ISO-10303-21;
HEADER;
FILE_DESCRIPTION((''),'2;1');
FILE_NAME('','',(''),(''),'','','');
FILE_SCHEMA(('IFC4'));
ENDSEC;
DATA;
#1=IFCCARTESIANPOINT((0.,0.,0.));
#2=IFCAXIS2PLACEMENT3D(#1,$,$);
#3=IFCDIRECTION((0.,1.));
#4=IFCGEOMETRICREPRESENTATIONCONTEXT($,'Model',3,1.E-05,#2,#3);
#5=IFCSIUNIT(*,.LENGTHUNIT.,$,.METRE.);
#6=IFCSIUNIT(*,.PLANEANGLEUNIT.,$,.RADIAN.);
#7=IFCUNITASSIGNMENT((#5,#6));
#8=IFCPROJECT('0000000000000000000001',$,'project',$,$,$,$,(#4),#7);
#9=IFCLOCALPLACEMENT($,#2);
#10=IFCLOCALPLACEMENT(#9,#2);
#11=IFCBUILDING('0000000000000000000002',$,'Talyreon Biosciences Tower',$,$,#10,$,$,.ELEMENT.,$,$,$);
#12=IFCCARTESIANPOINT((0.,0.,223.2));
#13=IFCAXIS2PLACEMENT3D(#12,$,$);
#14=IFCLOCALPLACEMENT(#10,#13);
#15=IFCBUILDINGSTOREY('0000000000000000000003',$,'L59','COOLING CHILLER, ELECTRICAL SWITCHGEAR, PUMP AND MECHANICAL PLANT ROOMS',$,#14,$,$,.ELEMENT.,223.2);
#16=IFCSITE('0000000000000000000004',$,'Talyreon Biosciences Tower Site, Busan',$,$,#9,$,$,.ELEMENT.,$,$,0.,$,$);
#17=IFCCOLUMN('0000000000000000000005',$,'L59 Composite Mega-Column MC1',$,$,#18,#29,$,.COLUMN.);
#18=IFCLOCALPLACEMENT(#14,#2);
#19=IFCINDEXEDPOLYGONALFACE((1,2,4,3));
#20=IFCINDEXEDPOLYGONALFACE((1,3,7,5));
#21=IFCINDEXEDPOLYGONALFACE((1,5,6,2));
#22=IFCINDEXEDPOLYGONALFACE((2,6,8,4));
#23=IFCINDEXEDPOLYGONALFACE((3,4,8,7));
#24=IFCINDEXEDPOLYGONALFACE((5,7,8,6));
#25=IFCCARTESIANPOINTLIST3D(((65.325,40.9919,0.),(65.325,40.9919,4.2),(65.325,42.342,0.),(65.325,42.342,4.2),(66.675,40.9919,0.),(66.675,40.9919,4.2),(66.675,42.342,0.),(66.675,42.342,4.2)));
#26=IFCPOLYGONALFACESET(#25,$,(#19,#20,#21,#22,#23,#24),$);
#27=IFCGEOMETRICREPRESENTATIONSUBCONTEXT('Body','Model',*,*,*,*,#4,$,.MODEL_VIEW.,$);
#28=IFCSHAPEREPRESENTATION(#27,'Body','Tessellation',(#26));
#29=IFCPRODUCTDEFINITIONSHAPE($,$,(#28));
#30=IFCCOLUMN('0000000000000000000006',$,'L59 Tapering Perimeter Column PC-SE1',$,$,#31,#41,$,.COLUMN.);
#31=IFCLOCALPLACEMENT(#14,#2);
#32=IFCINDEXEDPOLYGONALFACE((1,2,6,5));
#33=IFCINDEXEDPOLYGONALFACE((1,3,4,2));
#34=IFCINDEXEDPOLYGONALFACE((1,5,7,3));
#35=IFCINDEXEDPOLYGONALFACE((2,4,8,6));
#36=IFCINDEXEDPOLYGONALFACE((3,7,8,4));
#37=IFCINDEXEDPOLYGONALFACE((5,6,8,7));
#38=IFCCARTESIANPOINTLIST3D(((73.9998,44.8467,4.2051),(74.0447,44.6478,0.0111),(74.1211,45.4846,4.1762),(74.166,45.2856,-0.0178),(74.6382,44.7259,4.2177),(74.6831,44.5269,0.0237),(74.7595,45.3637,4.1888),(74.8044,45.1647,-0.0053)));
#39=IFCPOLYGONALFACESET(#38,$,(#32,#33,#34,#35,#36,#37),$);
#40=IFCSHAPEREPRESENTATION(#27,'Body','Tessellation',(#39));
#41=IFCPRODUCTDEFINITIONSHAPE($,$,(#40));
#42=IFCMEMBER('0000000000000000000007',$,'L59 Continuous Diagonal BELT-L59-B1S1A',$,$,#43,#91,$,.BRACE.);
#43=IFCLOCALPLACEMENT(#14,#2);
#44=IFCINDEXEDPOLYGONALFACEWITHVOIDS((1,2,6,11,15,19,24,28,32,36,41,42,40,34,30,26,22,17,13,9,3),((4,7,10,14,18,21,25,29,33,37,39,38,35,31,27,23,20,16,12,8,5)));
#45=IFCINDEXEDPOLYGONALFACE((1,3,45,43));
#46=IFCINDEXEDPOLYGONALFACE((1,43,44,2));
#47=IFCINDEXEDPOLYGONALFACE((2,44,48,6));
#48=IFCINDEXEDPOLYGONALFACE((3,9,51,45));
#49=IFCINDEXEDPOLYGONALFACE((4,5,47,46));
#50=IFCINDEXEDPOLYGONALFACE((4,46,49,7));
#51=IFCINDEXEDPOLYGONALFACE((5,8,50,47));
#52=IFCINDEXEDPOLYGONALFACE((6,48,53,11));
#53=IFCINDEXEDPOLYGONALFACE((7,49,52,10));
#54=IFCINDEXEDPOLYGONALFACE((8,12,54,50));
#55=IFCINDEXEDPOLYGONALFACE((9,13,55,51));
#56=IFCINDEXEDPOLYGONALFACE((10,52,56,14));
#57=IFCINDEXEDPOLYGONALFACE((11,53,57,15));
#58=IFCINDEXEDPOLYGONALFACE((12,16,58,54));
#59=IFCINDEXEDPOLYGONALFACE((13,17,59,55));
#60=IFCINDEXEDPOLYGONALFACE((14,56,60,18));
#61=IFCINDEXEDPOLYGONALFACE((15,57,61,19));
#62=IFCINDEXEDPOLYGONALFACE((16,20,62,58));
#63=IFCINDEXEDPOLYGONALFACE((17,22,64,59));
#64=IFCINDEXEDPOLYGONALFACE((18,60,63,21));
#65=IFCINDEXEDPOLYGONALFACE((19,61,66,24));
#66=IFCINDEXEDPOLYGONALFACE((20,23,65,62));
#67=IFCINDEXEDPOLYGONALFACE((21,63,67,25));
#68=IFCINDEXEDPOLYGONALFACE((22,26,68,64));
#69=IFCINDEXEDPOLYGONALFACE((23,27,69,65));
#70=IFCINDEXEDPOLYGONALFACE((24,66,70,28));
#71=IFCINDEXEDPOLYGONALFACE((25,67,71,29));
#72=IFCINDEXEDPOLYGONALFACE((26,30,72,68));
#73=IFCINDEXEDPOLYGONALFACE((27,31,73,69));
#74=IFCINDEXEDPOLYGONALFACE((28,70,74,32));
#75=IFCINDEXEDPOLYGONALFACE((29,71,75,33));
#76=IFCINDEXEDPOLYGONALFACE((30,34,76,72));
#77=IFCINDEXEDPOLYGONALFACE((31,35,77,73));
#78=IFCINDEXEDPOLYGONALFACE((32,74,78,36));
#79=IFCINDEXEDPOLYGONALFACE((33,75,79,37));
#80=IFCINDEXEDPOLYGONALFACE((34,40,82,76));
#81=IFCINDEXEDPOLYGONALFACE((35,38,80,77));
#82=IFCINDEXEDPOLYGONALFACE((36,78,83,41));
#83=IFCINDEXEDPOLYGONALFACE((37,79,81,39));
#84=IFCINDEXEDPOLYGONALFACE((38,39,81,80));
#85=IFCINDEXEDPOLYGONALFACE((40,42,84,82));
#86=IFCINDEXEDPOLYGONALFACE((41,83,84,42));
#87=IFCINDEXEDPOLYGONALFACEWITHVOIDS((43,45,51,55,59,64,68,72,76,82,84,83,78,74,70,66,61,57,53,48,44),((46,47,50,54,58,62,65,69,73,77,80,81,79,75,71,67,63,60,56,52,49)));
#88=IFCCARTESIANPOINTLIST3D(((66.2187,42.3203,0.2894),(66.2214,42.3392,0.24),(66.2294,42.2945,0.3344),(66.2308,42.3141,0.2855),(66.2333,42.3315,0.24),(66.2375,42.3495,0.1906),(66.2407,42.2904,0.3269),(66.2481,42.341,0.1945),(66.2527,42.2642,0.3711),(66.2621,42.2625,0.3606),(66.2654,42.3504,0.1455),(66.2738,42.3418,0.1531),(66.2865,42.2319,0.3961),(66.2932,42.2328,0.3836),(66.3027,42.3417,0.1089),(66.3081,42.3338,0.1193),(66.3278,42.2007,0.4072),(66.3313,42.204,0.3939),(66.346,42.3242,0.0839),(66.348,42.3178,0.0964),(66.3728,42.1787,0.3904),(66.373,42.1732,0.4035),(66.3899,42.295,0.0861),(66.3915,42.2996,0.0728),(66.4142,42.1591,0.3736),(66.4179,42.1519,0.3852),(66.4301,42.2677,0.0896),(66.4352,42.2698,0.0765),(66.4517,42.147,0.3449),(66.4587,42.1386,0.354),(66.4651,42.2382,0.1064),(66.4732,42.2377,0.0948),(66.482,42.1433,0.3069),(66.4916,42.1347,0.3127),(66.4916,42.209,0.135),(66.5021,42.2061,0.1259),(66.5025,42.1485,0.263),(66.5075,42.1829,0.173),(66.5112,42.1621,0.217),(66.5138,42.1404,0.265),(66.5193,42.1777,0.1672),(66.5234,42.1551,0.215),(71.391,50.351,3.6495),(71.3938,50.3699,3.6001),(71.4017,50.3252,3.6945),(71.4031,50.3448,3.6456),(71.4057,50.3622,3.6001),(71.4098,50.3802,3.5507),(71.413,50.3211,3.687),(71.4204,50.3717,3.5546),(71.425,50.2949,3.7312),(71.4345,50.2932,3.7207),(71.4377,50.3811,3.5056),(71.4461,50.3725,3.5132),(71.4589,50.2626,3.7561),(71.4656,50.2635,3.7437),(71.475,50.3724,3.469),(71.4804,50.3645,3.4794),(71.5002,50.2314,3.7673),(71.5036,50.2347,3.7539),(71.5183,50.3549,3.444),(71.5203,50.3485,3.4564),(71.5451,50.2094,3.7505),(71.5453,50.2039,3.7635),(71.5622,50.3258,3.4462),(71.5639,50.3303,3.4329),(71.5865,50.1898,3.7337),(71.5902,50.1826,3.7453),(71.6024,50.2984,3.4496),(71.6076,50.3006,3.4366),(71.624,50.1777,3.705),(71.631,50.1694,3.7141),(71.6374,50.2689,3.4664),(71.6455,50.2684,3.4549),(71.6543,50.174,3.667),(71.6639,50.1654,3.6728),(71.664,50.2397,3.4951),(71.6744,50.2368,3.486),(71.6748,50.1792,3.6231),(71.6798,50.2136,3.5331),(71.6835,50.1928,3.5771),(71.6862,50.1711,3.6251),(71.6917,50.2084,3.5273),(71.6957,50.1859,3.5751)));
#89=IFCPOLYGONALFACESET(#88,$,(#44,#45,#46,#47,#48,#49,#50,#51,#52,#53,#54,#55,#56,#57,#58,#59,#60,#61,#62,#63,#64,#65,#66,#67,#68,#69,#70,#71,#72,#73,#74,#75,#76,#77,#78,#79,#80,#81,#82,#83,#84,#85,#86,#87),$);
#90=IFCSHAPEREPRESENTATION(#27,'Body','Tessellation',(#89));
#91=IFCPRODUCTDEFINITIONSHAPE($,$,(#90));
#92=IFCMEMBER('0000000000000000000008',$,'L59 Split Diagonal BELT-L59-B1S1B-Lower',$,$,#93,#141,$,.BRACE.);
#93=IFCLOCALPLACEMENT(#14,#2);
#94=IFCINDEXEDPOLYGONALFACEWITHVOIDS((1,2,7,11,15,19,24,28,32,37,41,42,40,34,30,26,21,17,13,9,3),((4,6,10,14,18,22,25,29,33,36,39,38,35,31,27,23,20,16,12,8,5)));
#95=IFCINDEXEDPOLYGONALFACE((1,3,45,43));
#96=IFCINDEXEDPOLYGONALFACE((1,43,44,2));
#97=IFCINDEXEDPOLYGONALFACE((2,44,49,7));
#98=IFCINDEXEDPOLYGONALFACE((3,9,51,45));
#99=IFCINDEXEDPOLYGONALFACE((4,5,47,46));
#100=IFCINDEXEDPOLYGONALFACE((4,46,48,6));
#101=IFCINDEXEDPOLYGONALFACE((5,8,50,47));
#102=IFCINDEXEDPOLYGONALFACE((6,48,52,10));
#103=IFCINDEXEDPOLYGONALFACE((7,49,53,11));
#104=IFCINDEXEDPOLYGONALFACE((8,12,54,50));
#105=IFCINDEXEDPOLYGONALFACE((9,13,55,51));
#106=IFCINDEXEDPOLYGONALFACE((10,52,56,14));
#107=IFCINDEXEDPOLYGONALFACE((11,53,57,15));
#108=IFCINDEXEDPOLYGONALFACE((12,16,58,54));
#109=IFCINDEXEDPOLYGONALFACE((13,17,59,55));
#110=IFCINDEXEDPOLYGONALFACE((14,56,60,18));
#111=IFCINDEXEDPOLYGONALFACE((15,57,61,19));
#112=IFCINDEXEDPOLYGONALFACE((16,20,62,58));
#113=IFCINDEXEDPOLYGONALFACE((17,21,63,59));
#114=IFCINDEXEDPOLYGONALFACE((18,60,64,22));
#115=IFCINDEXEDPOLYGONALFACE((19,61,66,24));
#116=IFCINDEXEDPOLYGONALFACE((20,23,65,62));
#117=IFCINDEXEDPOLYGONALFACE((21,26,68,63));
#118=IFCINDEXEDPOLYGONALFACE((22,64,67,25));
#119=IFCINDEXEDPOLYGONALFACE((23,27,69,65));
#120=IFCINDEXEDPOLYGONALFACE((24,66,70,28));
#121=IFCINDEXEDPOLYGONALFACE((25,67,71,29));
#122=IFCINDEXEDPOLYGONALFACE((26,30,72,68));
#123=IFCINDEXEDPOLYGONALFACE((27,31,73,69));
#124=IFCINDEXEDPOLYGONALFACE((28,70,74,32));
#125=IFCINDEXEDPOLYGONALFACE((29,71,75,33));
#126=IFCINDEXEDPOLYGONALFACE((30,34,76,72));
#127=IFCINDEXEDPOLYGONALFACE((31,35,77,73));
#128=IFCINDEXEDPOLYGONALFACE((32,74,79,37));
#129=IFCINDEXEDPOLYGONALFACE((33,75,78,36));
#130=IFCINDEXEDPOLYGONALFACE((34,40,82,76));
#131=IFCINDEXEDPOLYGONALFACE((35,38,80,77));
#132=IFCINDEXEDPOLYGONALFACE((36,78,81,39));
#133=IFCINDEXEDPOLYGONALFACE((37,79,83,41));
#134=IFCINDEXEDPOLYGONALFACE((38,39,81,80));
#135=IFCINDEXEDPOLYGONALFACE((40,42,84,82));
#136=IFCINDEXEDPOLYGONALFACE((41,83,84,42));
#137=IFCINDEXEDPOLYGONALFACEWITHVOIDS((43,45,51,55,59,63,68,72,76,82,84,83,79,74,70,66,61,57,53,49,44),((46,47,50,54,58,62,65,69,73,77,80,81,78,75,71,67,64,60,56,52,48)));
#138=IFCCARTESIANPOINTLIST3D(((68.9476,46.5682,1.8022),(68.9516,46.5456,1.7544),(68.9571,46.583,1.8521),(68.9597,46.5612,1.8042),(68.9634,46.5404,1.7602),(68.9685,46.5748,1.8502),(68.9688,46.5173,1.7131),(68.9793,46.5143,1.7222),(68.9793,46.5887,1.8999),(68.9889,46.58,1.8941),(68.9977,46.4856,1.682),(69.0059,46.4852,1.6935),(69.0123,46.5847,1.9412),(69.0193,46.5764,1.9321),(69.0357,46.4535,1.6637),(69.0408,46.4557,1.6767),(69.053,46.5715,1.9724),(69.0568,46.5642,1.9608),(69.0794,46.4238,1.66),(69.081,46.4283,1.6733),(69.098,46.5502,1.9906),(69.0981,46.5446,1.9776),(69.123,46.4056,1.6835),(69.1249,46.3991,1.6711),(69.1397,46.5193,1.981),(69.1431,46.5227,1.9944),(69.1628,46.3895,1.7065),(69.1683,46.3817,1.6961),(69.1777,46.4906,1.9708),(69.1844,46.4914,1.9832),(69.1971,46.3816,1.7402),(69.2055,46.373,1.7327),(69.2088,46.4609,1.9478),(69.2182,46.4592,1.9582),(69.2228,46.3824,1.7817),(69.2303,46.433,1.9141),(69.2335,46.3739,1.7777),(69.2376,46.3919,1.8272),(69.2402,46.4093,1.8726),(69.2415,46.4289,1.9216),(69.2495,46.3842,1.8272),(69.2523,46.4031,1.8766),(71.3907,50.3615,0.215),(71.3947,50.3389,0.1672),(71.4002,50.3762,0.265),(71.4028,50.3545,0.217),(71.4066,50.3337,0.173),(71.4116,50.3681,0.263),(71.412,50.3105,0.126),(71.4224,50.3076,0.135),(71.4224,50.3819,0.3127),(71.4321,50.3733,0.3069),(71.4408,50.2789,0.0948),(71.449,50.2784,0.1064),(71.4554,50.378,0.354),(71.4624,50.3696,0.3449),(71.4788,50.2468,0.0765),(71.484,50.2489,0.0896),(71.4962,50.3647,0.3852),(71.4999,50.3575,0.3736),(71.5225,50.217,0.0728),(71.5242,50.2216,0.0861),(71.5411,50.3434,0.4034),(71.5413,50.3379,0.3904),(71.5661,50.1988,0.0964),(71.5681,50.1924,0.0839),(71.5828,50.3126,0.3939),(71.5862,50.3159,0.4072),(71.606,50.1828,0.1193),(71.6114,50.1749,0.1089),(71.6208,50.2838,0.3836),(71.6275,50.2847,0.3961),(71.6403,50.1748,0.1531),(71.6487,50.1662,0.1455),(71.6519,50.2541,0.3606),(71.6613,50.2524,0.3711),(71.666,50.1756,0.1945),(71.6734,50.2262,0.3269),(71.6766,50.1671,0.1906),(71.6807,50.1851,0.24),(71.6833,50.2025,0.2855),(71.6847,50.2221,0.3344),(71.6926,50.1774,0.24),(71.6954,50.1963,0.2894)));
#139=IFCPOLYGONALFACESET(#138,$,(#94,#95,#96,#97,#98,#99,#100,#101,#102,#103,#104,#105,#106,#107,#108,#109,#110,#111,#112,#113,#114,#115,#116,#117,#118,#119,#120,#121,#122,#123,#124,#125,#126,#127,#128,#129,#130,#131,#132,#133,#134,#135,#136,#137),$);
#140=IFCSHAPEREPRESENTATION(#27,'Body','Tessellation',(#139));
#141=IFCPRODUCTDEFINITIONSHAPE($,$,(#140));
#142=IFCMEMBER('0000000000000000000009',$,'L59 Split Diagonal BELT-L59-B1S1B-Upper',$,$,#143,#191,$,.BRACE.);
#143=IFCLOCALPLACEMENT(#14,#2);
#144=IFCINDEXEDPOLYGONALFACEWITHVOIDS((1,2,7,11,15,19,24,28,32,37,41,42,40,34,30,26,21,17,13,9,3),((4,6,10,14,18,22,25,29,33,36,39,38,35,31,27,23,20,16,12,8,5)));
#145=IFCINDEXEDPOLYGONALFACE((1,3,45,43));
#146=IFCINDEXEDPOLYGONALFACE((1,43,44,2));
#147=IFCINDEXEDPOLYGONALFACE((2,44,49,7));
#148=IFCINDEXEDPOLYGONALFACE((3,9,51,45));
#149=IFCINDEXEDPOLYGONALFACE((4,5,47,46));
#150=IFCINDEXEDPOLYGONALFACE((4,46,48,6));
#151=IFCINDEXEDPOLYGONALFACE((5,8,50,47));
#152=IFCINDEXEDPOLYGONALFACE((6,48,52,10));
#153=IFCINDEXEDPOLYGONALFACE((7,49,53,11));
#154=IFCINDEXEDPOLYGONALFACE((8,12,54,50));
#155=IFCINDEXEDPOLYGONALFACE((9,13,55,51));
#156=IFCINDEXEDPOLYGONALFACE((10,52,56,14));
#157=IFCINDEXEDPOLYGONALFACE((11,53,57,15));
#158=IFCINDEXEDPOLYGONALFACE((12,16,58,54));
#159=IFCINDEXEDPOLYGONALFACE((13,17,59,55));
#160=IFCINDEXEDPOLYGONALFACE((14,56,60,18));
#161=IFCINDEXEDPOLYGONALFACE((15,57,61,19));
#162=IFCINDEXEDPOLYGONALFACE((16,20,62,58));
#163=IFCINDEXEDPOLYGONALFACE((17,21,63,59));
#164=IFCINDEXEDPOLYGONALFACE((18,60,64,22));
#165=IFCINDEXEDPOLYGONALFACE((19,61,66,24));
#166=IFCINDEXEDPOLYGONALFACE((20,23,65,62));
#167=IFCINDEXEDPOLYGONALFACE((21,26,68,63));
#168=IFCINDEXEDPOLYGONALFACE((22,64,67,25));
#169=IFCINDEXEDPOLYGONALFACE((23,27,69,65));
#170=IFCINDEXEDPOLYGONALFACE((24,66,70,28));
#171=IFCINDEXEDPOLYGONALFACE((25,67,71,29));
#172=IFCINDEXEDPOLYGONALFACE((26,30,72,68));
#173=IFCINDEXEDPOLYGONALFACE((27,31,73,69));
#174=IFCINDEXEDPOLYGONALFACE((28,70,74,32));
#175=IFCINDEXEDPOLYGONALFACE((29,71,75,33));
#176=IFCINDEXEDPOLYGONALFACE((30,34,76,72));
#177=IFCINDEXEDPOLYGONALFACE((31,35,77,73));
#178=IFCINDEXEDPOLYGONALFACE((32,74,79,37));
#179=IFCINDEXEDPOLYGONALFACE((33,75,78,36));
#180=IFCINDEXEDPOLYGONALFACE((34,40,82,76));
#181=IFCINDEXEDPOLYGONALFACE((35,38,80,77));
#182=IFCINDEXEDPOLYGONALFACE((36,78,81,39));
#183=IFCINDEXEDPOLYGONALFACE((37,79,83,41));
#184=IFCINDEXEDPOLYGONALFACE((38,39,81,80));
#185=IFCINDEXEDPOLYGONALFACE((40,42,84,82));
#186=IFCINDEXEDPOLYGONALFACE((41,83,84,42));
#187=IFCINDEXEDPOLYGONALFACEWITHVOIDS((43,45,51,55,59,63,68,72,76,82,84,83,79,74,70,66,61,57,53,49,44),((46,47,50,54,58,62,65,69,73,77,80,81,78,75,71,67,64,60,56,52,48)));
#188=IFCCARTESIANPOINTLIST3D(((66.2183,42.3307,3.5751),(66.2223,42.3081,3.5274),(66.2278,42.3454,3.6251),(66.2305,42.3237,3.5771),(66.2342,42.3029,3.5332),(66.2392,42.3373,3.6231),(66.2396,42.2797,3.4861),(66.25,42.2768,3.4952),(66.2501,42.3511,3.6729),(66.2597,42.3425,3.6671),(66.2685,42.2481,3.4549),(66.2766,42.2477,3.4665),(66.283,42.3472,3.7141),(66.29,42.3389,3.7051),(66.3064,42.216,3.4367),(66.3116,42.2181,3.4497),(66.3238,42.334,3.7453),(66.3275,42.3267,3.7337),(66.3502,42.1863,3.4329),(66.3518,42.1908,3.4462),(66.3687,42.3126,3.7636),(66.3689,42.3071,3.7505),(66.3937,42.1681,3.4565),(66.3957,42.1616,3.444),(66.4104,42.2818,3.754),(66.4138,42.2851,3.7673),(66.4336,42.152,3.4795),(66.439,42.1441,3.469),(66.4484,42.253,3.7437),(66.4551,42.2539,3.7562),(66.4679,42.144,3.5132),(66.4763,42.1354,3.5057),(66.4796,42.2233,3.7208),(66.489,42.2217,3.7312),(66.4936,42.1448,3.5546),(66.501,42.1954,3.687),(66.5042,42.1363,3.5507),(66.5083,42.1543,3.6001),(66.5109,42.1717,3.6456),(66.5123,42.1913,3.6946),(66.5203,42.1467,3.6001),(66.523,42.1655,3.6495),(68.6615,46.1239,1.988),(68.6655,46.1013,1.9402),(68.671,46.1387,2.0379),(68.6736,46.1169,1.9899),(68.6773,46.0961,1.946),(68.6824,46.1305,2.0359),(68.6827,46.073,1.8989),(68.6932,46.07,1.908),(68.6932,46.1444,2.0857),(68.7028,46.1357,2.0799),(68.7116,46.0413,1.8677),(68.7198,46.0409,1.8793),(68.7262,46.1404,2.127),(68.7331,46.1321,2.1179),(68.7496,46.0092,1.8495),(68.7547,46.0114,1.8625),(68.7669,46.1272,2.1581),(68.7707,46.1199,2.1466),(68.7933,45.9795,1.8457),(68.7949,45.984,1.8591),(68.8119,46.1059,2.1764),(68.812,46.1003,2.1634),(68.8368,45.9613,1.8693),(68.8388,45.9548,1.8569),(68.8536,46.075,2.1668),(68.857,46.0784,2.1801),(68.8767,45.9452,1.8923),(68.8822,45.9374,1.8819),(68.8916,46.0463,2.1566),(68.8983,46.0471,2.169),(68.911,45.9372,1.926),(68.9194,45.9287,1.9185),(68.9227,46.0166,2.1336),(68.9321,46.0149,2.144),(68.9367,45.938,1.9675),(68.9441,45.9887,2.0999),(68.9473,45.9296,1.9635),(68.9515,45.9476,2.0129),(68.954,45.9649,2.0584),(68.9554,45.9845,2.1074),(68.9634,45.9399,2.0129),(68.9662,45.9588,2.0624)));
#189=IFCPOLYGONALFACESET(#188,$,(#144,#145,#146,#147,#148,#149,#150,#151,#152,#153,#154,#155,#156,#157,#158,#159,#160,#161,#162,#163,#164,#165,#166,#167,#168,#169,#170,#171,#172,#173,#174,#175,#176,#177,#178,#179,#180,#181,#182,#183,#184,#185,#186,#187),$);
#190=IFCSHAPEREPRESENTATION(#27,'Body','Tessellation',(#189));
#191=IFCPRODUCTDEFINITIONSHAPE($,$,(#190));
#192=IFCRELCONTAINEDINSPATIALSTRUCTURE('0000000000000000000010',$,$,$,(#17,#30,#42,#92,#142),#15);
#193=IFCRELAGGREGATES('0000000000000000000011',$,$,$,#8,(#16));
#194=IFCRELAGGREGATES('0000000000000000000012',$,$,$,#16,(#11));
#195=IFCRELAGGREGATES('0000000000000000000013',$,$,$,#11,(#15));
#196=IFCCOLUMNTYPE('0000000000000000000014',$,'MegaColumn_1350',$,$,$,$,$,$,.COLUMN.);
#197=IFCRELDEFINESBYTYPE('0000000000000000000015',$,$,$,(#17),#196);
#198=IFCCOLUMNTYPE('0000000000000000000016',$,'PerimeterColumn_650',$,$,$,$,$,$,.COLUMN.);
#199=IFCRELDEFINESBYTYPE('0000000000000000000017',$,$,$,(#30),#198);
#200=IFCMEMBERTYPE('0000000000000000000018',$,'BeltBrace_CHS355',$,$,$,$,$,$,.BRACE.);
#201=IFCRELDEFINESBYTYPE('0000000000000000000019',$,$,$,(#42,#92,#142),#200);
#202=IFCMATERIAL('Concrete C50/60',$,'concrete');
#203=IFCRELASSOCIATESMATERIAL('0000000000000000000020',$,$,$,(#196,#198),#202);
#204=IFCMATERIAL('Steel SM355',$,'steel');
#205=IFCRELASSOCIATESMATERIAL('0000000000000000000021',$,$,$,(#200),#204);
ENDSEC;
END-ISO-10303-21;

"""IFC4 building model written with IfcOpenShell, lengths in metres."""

from ifc_helpers import new_model, si_unit, direction, frame, origin, origin_2d, place, context, subcontext, project, spatial, rectangle, hollow_circle, extrude, material, material_profile, profile_set, type_object, element, save


model = new_model("IFC4")

# Units and contexts
model_context = context("Model", 3, precision=1e-05, world=origin(), true_north=direction((0.0, 1.0)))
body_context = subcontext(model_context, "Body", "Model", "MODEL_VIEW")
ifc_project = project(units=[si_unit("LENGTHUNIT", "METRE"), si_unit("PLANEANGLEUNIT", "RADIAN")], contexts=[model_context])

# Site, building, storey
site_placement = place(None, origin())
site = spatial("IfcSite", under=ifc_project, at=site_placement, Name="Talyreon Biosciences Tower Site, Busan", CompositionType="ELEMENT", RefElevation=0.0)
building_placement = place(site_placement, origin())
building = spatial("IfcBuilding", under=site, at=building_placement, Name="Talyreon Biosciences Tower", CompositionType="ELEMENT")
storey_placement = place(building_placement, frame((0.0, 0.0, 223.2)))
storey = spatial("IfcBuildingStorey", under=building, at=storey_placement, Name="L59", Description="COOLING CHILLER, ELECTRICAL SWITCHGEAR, PUMP AND MECHANICAL PLANT ROOMS", CompositionType="ELEMENT", Elevation=223.2)

# Columns
ifc_material_1 = material(Name="Concrete C50/60", Category="concrete")
ifc_material_profile_1 = material_profile(ifc_material_1, rectangle(XDim=1.3501, YDim=1.3501, at=origin_2d()), Name="RC 1350x1350")
ifc_profile_set_1 = profile_set([ifc_material_profile_1], Name="Concrete C50/60")
column_type_1 = type_object("IfcColumnType", Name="MegaColumn_1350", PredefinedType="COLUMN", material=ifc_profile_set_1)
column_1_placement = place(storey_placement, frame((66.0, 41.667, 0.0), z_axis=(0.0, 0.0, 1.0), x_axis=(1.0, 0.0, 0.0)))
element("IfcColumn", 1, at=column_1_placement, inside=storey, type_object=column_type_1, Name="L59 Composite Mega-Column MC1", PredefinedType="COLUMN", context=body_context, shape_type="SweptSolid", body=[
    extrude(rectangle(XDim=1.3501, YDim=1.3501, at=origin_2d()), origin(), (0.0, 0.0, 1.0), 4.2),
])
ifc_material_profile_2 = material_profile(ifc_material_1, rectangle(XDim=0.6499, YDim=0.6499, at=origin_2d()), Name="RC 650x650")
ifc_profile_set_2 = profile_set([ifc_material_profile_2], Name="Concrete C50/60")
column_type_2 = type_object("IfcColumnType", Name="PerimeterColumn_650", PredefinedType="COLUMN", material=ifc_profile_set_2)
column_2_placement = place(storey_placement, frame((74.4246, 44.9062, 0.0029), z_axis=(-0.010698, 0.047386, 0.998819), x_axis=(-0.186656, -0.981414, 0.044561)))
element("IfcColumn", 2, at=column_2_placement, inside=storey, type_object=column_type_2, Name="L59 Tapering Perimeter Column PC-SE1", PredefinedType="COLUMN", context=body_context, shape_type="SweptSolid", body=[
    extrude(rectangle(XDim=0.6499, YDim=0.6499, at=origin_2d()), origin(), (0.0, 0.0, 1.0), 4.199),
])

# Members
ifc_material_2 = material(Name="Steel SM355", Category="steel")
ifc_material_profile_3 = material_profile(ifc_material_2, hollow_circle(Radius=0.1777, WallThickness=0.0142, at=origin_2d()), Name="CHS 355.6x14.2")
ifc_profile_set_3 = profile_set([ifc_material_profile_3], Name="Steel SM355")
member_type_1 = type_object("IfcMemberType", Name="BeltBrace_CHS355", PredefinedType="BRACE", material=ifc_profile_set_3)
member_1_placement = place(storey_placement, frame((66.3708, 42.2429, 0.24), z_axis=(0.510798, 0.79308, 0.331828), x_axis=(-0.840715, 0.541478, 0.0)))
element("IfcMember", 3, at=member_1_placement, inside=storey, type_object=member_type_1, Name="L59 Continuous Diagonal BELT-L59-B1S1A", PredefinedType="BRACE", context=body_context, shape_type="SweptSolid", body=[
    extrude(hollow_circle(Radius=0.1777, WallThickness=0.0142, at=origin_2d()), origin(), (0.0, 0.0, 1.0), 10.126),
])
for number, where, z_axis, x_axis, name in (
    (4, (71.5432, 50.2737, 0.24), (-0.5108, -0.793074, 0.331839), (0.840712, -0.541482, 0.0), "L59 Split Diagonal BELT-L59-B1S1B-Lower"),
    (5, (68.814, 46.0361, 2.0129), (-0.5108, -0.793074, 0.331839), (0.840712, -0.541482, 0.0), "L59 Split Diagonal BELT-L59-B1S1B-Upper"),
):
    element("IfcMember", number, at=place(storey_placement, frame(where, z_axis=z_axis, x_axis=x_axis)), inside=storey, type_object=member_type_1, Name=name, PredefinedType="BRACE", context=body_context, shape_type="SweptSolid", body=[
        extrude(hollow_circle(Radius=0.1777, WallThickness=0.0142, at=origin_2d()), origin(), (0.0, 0.0, 1.0), 4.783),
    ])

save(model, "model.ifc")
